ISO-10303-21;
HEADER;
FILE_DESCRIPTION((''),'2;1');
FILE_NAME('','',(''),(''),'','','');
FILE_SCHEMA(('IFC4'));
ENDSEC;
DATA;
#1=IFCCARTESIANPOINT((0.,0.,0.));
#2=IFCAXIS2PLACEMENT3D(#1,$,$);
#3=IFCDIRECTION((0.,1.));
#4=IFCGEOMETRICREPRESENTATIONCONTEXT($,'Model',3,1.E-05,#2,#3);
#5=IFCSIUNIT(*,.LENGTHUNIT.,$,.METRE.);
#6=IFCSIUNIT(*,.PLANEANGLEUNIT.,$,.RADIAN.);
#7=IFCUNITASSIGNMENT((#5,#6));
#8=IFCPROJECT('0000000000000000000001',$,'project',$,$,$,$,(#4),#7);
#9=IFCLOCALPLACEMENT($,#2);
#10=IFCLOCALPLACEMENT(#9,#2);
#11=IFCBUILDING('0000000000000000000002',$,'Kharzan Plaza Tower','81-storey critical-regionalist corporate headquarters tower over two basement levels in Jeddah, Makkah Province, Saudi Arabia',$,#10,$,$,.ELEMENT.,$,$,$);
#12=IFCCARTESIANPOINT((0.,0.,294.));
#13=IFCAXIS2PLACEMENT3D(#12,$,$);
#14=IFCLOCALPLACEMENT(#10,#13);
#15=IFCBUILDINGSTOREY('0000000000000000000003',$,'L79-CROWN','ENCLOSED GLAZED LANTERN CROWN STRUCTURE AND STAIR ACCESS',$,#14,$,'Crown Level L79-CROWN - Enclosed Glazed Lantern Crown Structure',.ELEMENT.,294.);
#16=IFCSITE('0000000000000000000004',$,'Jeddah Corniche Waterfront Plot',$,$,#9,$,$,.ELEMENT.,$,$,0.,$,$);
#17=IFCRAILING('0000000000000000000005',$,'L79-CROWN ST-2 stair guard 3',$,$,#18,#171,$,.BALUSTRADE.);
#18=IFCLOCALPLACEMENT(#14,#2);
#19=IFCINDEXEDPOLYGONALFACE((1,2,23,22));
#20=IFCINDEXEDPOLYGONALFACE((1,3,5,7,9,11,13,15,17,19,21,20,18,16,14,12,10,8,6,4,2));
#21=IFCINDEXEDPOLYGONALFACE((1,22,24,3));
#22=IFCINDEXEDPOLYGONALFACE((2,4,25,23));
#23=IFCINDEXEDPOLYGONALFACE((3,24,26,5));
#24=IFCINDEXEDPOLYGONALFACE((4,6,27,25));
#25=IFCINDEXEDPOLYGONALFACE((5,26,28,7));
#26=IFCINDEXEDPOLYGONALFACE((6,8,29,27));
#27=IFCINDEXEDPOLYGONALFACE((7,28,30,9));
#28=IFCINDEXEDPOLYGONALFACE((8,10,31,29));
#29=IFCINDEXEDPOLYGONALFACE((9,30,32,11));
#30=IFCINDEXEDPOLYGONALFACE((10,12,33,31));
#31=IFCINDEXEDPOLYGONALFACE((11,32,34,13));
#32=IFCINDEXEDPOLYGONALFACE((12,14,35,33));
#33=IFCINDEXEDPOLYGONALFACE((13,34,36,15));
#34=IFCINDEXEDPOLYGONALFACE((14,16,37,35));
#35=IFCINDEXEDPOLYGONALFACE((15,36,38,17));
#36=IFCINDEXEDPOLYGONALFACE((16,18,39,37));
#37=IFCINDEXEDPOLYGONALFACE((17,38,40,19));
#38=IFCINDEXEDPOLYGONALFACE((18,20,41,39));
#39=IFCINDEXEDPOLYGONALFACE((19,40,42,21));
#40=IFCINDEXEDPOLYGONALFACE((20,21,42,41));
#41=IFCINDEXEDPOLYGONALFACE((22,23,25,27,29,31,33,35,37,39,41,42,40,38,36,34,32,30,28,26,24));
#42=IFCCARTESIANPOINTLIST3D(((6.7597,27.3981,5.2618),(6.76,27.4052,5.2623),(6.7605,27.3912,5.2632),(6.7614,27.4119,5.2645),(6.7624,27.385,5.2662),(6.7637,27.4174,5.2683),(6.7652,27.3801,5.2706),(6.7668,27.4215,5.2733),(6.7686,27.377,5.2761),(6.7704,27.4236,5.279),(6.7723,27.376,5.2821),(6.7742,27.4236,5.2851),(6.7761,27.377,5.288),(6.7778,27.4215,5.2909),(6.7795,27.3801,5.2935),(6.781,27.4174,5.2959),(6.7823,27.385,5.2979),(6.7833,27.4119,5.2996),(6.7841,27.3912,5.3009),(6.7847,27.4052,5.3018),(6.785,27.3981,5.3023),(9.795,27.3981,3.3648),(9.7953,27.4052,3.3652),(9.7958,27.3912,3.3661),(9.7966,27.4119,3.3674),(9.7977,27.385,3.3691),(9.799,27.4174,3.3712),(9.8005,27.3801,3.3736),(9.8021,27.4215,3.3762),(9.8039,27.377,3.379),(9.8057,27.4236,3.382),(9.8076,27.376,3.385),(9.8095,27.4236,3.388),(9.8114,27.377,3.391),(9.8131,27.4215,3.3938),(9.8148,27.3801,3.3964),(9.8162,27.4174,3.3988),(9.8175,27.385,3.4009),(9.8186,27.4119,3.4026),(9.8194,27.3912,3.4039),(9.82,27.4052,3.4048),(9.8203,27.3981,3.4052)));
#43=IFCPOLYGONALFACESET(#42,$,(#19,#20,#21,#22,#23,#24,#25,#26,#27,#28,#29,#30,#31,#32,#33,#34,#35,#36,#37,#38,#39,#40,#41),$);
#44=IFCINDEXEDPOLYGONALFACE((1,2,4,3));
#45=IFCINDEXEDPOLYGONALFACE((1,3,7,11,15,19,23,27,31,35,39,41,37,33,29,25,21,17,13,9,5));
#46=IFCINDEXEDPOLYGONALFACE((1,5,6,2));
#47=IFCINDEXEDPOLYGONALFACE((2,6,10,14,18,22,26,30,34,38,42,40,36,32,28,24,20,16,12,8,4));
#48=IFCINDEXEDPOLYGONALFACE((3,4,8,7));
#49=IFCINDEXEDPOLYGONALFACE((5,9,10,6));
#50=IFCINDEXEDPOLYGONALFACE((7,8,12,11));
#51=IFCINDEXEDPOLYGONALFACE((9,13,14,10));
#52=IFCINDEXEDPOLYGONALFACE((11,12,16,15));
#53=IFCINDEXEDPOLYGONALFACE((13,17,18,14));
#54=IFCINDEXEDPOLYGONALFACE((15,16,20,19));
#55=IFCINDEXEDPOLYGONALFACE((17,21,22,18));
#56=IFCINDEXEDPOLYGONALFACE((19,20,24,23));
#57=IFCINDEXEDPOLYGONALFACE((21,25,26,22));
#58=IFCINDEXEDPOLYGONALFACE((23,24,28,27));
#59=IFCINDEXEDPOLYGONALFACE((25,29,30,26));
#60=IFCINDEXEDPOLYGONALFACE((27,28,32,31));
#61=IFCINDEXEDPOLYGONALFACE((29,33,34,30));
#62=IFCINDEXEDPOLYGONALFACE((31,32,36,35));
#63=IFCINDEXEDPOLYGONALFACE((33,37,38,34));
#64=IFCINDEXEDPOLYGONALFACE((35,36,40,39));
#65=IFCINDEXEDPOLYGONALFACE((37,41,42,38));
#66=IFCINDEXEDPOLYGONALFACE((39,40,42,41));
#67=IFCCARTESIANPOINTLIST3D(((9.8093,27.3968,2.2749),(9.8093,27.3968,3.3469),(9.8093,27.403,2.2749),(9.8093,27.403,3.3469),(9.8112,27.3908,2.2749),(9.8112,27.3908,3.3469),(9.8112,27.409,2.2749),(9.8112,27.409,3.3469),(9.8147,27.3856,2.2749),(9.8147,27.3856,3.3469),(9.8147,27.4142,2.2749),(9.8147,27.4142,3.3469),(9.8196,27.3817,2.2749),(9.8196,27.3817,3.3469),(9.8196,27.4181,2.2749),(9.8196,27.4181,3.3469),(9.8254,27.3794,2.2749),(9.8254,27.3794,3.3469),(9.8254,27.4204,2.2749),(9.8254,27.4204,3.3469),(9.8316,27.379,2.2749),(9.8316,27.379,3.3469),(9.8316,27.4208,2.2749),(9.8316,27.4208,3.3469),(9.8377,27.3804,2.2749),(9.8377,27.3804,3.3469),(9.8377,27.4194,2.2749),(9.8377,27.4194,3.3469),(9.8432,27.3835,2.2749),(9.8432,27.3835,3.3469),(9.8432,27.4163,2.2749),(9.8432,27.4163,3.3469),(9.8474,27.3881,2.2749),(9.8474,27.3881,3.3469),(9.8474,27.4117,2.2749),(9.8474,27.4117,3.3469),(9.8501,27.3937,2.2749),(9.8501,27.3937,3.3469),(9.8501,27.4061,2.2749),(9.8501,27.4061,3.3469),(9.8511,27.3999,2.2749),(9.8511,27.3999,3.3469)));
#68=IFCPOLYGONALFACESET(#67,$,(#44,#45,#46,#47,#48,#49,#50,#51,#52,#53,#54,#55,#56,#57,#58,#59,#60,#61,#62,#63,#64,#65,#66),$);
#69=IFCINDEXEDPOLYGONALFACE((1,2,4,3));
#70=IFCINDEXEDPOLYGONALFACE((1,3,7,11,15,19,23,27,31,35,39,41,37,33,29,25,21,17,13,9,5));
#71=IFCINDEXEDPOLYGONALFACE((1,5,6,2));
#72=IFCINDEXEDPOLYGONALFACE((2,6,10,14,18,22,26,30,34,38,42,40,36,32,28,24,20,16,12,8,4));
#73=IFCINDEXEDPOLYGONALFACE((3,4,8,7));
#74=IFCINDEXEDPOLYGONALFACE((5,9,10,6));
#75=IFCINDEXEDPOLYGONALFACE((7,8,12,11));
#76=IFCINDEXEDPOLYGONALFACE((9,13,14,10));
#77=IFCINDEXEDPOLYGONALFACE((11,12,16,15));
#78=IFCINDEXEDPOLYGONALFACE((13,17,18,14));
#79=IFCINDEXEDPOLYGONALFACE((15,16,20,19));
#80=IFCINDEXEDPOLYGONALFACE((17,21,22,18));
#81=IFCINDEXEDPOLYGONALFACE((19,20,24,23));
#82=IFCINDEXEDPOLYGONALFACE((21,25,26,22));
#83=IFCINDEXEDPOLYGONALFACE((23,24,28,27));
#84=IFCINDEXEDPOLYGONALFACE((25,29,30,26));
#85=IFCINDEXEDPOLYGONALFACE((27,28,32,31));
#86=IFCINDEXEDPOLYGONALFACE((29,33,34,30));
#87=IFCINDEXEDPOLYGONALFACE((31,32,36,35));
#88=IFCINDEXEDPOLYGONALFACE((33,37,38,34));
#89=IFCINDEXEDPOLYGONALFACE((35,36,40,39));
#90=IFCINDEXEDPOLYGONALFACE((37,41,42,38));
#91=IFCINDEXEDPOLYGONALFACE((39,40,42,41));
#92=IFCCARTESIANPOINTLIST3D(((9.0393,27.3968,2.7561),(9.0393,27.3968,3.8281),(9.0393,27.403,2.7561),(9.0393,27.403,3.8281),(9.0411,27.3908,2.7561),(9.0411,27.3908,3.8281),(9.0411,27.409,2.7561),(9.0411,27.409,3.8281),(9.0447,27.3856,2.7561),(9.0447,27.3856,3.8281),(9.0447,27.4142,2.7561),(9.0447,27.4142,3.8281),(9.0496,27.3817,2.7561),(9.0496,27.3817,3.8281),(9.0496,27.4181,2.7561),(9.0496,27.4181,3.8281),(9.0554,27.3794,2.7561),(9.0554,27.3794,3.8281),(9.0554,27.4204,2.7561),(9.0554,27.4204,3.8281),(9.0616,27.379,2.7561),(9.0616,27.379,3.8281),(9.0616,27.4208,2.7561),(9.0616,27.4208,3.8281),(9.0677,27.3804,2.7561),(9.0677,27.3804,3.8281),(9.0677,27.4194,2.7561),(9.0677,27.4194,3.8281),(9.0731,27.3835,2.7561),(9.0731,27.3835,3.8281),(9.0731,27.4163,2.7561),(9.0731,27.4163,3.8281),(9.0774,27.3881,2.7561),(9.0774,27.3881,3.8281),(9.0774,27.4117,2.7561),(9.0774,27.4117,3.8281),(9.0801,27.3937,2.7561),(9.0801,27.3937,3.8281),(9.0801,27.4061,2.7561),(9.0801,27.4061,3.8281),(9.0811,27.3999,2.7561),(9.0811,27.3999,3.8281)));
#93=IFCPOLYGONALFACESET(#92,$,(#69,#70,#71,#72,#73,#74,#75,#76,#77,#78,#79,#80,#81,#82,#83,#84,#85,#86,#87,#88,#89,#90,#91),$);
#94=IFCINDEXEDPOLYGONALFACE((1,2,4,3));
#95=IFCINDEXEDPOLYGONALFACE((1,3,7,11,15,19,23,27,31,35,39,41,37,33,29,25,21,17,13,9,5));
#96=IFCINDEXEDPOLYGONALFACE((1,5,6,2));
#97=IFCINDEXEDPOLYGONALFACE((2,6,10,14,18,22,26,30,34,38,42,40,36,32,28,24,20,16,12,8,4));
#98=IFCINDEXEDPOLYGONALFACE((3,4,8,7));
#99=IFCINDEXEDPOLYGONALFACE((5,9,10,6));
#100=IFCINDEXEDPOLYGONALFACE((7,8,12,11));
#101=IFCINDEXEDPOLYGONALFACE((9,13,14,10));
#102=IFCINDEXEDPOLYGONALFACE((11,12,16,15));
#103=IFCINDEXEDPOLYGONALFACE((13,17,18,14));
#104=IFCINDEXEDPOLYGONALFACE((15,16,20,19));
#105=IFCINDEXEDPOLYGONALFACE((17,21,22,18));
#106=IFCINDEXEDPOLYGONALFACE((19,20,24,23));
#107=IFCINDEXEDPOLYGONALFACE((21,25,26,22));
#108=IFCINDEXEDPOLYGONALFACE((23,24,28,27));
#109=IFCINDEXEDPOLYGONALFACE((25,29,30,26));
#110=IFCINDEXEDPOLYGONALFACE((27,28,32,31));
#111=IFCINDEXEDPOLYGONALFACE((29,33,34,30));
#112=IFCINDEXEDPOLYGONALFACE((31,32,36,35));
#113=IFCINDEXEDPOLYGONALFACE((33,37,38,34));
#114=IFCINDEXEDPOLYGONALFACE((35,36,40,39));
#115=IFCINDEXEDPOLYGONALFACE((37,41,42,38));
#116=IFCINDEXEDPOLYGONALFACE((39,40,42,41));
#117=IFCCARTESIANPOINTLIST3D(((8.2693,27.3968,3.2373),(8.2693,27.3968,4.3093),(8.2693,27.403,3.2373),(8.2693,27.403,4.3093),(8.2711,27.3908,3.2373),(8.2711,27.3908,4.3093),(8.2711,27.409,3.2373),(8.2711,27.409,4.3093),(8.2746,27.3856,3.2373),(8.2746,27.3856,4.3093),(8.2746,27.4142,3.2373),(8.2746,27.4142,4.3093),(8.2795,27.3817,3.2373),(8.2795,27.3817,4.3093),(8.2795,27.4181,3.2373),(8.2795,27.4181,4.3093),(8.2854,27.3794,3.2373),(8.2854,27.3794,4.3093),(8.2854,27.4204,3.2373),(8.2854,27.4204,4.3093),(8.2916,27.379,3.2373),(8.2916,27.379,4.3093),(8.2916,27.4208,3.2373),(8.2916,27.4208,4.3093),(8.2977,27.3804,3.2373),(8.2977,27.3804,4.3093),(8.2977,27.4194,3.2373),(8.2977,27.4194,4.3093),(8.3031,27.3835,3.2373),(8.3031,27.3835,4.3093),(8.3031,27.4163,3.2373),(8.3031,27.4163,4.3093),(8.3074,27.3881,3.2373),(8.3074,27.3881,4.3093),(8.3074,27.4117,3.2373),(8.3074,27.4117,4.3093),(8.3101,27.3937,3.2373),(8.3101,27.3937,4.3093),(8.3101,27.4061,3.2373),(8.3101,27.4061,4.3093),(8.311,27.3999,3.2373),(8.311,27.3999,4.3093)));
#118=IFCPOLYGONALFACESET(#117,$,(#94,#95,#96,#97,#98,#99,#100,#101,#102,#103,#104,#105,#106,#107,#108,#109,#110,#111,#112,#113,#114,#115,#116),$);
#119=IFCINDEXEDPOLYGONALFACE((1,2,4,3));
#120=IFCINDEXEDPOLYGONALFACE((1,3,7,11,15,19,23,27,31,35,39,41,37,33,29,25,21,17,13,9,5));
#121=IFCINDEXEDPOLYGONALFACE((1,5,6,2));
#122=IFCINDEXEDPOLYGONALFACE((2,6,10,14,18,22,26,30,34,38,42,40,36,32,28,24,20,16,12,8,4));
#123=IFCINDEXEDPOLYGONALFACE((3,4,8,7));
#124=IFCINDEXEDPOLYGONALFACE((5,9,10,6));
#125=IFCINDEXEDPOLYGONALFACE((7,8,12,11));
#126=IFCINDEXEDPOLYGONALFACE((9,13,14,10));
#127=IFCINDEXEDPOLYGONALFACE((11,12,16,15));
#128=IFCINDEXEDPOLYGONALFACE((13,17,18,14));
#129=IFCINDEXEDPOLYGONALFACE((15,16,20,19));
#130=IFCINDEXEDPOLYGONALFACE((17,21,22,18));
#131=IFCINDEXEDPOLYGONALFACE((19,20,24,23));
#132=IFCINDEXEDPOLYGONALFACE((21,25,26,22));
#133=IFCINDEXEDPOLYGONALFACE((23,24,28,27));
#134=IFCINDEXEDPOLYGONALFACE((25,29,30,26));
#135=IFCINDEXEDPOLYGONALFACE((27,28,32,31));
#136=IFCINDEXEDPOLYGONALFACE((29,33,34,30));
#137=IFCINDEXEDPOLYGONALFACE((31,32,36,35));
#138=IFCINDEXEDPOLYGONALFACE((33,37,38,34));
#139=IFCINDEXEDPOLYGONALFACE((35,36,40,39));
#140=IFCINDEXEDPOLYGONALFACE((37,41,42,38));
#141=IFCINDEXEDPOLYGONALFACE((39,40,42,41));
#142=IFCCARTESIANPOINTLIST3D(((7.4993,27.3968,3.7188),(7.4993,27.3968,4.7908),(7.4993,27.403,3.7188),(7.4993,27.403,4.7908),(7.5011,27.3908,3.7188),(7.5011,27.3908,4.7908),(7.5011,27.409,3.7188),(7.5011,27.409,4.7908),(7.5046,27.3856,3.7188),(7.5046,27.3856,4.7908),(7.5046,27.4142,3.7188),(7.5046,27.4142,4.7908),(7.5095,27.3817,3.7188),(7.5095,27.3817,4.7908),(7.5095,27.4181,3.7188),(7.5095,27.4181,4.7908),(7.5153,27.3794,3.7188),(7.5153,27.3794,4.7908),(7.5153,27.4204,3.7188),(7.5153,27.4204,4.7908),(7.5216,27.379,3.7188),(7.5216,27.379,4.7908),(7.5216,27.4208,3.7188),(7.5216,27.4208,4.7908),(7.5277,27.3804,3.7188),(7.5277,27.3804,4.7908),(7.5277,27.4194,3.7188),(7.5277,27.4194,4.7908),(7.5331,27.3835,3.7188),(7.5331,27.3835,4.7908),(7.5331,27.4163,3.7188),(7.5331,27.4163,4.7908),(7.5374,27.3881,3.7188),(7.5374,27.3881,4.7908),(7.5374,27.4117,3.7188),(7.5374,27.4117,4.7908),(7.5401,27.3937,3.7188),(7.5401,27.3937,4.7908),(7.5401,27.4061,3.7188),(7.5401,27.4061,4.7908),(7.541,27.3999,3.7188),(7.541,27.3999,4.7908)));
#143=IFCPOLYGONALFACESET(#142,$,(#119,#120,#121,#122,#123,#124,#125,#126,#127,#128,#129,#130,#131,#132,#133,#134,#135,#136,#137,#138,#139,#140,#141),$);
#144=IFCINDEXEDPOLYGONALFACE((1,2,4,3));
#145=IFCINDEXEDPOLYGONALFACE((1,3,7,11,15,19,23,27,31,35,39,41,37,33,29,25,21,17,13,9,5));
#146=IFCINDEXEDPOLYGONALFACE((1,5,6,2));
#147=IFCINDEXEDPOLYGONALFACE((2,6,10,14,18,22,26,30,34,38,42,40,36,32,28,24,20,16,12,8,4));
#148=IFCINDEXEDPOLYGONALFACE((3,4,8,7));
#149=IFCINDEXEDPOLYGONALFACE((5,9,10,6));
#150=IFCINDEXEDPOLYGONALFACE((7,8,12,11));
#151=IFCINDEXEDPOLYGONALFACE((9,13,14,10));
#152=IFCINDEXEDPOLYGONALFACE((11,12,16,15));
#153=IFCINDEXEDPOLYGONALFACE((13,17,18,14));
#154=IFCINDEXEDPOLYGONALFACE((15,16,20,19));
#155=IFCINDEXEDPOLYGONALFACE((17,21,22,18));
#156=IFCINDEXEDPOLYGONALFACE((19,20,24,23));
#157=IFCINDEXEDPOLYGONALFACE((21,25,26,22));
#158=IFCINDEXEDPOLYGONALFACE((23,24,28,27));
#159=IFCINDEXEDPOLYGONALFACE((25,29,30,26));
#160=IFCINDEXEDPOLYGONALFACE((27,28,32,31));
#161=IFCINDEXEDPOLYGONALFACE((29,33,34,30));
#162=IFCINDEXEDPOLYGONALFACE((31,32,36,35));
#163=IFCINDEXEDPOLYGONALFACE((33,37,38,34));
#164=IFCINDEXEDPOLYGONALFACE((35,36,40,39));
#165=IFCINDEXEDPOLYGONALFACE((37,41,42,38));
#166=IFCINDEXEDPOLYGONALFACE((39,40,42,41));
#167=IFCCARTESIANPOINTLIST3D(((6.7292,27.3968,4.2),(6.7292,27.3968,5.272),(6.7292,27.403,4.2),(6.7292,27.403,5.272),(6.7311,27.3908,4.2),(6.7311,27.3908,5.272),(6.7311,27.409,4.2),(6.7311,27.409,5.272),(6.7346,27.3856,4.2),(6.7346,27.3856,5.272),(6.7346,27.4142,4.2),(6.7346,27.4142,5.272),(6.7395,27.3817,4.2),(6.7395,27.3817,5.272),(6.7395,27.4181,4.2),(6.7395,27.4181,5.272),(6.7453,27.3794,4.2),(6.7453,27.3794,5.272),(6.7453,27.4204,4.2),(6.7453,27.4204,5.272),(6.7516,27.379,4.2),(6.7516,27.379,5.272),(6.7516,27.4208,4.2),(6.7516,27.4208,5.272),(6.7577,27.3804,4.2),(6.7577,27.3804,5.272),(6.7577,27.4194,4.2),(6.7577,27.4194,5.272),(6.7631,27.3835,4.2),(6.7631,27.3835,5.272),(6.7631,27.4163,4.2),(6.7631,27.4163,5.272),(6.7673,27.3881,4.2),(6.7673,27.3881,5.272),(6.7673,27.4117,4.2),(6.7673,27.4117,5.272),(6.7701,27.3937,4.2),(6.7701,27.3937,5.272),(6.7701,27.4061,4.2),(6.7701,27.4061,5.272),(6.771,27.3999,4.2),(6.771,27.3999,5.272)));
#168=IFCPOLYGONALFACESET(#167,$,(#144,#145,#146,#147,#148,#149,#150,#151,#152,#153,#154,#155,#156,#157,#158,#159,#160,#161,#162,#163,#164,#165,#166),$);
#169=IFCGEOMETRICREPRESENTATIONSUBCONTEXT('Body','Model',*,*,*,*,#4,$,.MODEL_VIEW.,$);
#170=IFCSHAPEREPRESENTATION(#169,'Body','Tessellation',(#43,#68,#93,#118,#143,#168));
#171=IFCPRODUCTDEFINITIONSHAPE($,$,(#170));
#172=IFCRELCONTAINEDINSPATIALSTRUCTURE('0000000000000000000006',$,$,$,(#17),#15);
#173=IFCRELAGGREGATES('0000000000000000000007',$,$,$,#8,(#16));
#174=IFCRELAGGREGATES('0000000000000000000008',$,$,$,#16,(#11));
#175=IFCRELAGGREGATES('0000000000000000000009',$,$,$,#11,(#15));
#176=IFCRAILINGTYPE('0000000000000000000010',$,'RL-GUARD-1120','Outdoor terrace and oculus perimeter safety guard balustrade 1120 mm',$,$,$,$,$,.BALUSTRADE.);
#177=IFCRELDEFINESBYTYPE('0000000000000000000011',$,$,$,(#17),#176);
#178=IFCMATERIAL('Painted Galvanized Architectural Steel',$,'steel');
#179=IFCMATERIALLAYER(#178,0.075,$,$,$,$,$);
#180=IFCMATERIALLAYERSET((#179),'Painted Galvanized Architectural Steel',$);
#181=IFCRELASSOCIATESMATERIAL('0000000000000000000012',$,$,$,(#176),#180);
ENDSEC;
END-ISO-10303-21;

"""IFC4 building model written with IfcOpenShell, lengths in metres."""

from ifc_helpers import new_model, si_unit, direction, frame, origin, origin_2d, place, context, subcontext, project, spatial, circle, extrude, source, transform, mapped, material, layer, layer_set, type_object, element, save


model = new_model("IFC4")

# Units and contexts
model_context = context("Model", 3, precision=1e-05, world=origin(), true_north=direction((0.0, 1.0)))
body_context = subcontext(model_context, "Body", "Model", "MODEL_VIEW")
ifc_project = project(units=[si_unit("LENGTHUNIT", "METRE"), si_unit("PLANEANGLEUNIT", "RADIAN")], contexts=[model_context])

# Site, building, storey
site_placement = place(None, origin())
site = spatial("IfcSite", under=ifc_project, at=site_placement, Name="Jeddah Corniche Waterfront Plot", CompositionType="ELEMENT", RefElevation=0.0)
building_placement = place(site_placement, origin())
building = spatial("IfcBuilding", under=site, at=building_placement, Name="Kharzan Plaza Tower", Description="81-storey critical-regionalist corporate headquarters tower over two basement levels in Jeddah, Makkah Province, Saudi Arabia", CompositionType="ELEMENT")
storey_placement = place(building_placement, frame((0.0, 0.0, 294.0)))
storey = spatial("IfcBuildingStorey", under=building, at=storey_placement, Name="L79-CROWN", Description="ENCLOSED GLAZED LANTERN CROWN STRUCTURE AND STAIR ACCESS", LongName="Crown Level L79-CROWN - Enclosed Glazed Lantern Crown Structure", CompositionType="ELEMENT", Elevation=294.0)

# Railing
ifc_material_1 = material(Name="Painted Galvanized Architectural Steel", Category="steel")
ifc_layer_1 = layer(ifc_material_1, 0.075)
ifc_layer_set_1 = layer_set([ifc_layer_1], Name="Painted Galvanized Architectural Steel")
railing_type_1 = type_object("IfcRailingType", Name="RL-GUARD-1120", Description="Outdoor terrace and oculus perimeter safety guard balustrade 1120 mm", PredefinedType="BALUSTRADE", material=ifc_layer_set_1)
shared_shape_1 = source(origin(), body_context, "Body", "SweptSolid", [
    extrude(circle(Radius=0.0239, at=origin_2d()), frame((-0.0225, 0.0, 1.1101), z_axis=(-0.847998, 0.0, 0.529999), x_axis=(0.0, -1.0, 0.0)), (0.0, 0.0, 1.0), 3.5793),
    extrude(circle(Radius=0.021, at=origin_2d()), origin(), (0.0, 0.0, 1.0), 1.072),
    extrude(circle(Radius=0.021, at=origin_2d()), frame((-0.77, 0.0, 0.4812)), (0.0, 0.0, 1.0), 1.072),
    extrude(circle(Radius=0.021, at=origin_2d()), frame((-1.54, 0.0, 0.9624)), (0.0, 0.0, 1.0), 1.072),
    extrude(circle(Radius=0.021, at=origin_2d()), frame((-2.3101, 0.0, 1.4438)), (0.0, 0.0, 1.0), 1.072),
    extrude(circle(Radius=0.021, at=origin_2d()), frame((-3.0801, 0.0, 1.925)), (0.0, 0.0, 1.0), 1.072),
])
railing_1_placement = place(storey_placement, frame((9.8301, 27.3999, 2.2749)))
element("IfcRailing", 1, at=railing_1_placement, inside=storey, type_object=railing_type_1, Name="L79-CROWN ST-2 stair guard 3", PredefinedType="BALUSTRADE", context=body_context, shape_type="MappedRepresentation", body=[
    mapped(shared_shape_1, transform((0.0, 0.0, 0.0), x_axis=(1.0, 0.0, 0.0), y_axis=(0.0, 1.0, 0.0), z_axis=(0.0, 0.0, 1.0))),
])

save(model, "model.ifc")
